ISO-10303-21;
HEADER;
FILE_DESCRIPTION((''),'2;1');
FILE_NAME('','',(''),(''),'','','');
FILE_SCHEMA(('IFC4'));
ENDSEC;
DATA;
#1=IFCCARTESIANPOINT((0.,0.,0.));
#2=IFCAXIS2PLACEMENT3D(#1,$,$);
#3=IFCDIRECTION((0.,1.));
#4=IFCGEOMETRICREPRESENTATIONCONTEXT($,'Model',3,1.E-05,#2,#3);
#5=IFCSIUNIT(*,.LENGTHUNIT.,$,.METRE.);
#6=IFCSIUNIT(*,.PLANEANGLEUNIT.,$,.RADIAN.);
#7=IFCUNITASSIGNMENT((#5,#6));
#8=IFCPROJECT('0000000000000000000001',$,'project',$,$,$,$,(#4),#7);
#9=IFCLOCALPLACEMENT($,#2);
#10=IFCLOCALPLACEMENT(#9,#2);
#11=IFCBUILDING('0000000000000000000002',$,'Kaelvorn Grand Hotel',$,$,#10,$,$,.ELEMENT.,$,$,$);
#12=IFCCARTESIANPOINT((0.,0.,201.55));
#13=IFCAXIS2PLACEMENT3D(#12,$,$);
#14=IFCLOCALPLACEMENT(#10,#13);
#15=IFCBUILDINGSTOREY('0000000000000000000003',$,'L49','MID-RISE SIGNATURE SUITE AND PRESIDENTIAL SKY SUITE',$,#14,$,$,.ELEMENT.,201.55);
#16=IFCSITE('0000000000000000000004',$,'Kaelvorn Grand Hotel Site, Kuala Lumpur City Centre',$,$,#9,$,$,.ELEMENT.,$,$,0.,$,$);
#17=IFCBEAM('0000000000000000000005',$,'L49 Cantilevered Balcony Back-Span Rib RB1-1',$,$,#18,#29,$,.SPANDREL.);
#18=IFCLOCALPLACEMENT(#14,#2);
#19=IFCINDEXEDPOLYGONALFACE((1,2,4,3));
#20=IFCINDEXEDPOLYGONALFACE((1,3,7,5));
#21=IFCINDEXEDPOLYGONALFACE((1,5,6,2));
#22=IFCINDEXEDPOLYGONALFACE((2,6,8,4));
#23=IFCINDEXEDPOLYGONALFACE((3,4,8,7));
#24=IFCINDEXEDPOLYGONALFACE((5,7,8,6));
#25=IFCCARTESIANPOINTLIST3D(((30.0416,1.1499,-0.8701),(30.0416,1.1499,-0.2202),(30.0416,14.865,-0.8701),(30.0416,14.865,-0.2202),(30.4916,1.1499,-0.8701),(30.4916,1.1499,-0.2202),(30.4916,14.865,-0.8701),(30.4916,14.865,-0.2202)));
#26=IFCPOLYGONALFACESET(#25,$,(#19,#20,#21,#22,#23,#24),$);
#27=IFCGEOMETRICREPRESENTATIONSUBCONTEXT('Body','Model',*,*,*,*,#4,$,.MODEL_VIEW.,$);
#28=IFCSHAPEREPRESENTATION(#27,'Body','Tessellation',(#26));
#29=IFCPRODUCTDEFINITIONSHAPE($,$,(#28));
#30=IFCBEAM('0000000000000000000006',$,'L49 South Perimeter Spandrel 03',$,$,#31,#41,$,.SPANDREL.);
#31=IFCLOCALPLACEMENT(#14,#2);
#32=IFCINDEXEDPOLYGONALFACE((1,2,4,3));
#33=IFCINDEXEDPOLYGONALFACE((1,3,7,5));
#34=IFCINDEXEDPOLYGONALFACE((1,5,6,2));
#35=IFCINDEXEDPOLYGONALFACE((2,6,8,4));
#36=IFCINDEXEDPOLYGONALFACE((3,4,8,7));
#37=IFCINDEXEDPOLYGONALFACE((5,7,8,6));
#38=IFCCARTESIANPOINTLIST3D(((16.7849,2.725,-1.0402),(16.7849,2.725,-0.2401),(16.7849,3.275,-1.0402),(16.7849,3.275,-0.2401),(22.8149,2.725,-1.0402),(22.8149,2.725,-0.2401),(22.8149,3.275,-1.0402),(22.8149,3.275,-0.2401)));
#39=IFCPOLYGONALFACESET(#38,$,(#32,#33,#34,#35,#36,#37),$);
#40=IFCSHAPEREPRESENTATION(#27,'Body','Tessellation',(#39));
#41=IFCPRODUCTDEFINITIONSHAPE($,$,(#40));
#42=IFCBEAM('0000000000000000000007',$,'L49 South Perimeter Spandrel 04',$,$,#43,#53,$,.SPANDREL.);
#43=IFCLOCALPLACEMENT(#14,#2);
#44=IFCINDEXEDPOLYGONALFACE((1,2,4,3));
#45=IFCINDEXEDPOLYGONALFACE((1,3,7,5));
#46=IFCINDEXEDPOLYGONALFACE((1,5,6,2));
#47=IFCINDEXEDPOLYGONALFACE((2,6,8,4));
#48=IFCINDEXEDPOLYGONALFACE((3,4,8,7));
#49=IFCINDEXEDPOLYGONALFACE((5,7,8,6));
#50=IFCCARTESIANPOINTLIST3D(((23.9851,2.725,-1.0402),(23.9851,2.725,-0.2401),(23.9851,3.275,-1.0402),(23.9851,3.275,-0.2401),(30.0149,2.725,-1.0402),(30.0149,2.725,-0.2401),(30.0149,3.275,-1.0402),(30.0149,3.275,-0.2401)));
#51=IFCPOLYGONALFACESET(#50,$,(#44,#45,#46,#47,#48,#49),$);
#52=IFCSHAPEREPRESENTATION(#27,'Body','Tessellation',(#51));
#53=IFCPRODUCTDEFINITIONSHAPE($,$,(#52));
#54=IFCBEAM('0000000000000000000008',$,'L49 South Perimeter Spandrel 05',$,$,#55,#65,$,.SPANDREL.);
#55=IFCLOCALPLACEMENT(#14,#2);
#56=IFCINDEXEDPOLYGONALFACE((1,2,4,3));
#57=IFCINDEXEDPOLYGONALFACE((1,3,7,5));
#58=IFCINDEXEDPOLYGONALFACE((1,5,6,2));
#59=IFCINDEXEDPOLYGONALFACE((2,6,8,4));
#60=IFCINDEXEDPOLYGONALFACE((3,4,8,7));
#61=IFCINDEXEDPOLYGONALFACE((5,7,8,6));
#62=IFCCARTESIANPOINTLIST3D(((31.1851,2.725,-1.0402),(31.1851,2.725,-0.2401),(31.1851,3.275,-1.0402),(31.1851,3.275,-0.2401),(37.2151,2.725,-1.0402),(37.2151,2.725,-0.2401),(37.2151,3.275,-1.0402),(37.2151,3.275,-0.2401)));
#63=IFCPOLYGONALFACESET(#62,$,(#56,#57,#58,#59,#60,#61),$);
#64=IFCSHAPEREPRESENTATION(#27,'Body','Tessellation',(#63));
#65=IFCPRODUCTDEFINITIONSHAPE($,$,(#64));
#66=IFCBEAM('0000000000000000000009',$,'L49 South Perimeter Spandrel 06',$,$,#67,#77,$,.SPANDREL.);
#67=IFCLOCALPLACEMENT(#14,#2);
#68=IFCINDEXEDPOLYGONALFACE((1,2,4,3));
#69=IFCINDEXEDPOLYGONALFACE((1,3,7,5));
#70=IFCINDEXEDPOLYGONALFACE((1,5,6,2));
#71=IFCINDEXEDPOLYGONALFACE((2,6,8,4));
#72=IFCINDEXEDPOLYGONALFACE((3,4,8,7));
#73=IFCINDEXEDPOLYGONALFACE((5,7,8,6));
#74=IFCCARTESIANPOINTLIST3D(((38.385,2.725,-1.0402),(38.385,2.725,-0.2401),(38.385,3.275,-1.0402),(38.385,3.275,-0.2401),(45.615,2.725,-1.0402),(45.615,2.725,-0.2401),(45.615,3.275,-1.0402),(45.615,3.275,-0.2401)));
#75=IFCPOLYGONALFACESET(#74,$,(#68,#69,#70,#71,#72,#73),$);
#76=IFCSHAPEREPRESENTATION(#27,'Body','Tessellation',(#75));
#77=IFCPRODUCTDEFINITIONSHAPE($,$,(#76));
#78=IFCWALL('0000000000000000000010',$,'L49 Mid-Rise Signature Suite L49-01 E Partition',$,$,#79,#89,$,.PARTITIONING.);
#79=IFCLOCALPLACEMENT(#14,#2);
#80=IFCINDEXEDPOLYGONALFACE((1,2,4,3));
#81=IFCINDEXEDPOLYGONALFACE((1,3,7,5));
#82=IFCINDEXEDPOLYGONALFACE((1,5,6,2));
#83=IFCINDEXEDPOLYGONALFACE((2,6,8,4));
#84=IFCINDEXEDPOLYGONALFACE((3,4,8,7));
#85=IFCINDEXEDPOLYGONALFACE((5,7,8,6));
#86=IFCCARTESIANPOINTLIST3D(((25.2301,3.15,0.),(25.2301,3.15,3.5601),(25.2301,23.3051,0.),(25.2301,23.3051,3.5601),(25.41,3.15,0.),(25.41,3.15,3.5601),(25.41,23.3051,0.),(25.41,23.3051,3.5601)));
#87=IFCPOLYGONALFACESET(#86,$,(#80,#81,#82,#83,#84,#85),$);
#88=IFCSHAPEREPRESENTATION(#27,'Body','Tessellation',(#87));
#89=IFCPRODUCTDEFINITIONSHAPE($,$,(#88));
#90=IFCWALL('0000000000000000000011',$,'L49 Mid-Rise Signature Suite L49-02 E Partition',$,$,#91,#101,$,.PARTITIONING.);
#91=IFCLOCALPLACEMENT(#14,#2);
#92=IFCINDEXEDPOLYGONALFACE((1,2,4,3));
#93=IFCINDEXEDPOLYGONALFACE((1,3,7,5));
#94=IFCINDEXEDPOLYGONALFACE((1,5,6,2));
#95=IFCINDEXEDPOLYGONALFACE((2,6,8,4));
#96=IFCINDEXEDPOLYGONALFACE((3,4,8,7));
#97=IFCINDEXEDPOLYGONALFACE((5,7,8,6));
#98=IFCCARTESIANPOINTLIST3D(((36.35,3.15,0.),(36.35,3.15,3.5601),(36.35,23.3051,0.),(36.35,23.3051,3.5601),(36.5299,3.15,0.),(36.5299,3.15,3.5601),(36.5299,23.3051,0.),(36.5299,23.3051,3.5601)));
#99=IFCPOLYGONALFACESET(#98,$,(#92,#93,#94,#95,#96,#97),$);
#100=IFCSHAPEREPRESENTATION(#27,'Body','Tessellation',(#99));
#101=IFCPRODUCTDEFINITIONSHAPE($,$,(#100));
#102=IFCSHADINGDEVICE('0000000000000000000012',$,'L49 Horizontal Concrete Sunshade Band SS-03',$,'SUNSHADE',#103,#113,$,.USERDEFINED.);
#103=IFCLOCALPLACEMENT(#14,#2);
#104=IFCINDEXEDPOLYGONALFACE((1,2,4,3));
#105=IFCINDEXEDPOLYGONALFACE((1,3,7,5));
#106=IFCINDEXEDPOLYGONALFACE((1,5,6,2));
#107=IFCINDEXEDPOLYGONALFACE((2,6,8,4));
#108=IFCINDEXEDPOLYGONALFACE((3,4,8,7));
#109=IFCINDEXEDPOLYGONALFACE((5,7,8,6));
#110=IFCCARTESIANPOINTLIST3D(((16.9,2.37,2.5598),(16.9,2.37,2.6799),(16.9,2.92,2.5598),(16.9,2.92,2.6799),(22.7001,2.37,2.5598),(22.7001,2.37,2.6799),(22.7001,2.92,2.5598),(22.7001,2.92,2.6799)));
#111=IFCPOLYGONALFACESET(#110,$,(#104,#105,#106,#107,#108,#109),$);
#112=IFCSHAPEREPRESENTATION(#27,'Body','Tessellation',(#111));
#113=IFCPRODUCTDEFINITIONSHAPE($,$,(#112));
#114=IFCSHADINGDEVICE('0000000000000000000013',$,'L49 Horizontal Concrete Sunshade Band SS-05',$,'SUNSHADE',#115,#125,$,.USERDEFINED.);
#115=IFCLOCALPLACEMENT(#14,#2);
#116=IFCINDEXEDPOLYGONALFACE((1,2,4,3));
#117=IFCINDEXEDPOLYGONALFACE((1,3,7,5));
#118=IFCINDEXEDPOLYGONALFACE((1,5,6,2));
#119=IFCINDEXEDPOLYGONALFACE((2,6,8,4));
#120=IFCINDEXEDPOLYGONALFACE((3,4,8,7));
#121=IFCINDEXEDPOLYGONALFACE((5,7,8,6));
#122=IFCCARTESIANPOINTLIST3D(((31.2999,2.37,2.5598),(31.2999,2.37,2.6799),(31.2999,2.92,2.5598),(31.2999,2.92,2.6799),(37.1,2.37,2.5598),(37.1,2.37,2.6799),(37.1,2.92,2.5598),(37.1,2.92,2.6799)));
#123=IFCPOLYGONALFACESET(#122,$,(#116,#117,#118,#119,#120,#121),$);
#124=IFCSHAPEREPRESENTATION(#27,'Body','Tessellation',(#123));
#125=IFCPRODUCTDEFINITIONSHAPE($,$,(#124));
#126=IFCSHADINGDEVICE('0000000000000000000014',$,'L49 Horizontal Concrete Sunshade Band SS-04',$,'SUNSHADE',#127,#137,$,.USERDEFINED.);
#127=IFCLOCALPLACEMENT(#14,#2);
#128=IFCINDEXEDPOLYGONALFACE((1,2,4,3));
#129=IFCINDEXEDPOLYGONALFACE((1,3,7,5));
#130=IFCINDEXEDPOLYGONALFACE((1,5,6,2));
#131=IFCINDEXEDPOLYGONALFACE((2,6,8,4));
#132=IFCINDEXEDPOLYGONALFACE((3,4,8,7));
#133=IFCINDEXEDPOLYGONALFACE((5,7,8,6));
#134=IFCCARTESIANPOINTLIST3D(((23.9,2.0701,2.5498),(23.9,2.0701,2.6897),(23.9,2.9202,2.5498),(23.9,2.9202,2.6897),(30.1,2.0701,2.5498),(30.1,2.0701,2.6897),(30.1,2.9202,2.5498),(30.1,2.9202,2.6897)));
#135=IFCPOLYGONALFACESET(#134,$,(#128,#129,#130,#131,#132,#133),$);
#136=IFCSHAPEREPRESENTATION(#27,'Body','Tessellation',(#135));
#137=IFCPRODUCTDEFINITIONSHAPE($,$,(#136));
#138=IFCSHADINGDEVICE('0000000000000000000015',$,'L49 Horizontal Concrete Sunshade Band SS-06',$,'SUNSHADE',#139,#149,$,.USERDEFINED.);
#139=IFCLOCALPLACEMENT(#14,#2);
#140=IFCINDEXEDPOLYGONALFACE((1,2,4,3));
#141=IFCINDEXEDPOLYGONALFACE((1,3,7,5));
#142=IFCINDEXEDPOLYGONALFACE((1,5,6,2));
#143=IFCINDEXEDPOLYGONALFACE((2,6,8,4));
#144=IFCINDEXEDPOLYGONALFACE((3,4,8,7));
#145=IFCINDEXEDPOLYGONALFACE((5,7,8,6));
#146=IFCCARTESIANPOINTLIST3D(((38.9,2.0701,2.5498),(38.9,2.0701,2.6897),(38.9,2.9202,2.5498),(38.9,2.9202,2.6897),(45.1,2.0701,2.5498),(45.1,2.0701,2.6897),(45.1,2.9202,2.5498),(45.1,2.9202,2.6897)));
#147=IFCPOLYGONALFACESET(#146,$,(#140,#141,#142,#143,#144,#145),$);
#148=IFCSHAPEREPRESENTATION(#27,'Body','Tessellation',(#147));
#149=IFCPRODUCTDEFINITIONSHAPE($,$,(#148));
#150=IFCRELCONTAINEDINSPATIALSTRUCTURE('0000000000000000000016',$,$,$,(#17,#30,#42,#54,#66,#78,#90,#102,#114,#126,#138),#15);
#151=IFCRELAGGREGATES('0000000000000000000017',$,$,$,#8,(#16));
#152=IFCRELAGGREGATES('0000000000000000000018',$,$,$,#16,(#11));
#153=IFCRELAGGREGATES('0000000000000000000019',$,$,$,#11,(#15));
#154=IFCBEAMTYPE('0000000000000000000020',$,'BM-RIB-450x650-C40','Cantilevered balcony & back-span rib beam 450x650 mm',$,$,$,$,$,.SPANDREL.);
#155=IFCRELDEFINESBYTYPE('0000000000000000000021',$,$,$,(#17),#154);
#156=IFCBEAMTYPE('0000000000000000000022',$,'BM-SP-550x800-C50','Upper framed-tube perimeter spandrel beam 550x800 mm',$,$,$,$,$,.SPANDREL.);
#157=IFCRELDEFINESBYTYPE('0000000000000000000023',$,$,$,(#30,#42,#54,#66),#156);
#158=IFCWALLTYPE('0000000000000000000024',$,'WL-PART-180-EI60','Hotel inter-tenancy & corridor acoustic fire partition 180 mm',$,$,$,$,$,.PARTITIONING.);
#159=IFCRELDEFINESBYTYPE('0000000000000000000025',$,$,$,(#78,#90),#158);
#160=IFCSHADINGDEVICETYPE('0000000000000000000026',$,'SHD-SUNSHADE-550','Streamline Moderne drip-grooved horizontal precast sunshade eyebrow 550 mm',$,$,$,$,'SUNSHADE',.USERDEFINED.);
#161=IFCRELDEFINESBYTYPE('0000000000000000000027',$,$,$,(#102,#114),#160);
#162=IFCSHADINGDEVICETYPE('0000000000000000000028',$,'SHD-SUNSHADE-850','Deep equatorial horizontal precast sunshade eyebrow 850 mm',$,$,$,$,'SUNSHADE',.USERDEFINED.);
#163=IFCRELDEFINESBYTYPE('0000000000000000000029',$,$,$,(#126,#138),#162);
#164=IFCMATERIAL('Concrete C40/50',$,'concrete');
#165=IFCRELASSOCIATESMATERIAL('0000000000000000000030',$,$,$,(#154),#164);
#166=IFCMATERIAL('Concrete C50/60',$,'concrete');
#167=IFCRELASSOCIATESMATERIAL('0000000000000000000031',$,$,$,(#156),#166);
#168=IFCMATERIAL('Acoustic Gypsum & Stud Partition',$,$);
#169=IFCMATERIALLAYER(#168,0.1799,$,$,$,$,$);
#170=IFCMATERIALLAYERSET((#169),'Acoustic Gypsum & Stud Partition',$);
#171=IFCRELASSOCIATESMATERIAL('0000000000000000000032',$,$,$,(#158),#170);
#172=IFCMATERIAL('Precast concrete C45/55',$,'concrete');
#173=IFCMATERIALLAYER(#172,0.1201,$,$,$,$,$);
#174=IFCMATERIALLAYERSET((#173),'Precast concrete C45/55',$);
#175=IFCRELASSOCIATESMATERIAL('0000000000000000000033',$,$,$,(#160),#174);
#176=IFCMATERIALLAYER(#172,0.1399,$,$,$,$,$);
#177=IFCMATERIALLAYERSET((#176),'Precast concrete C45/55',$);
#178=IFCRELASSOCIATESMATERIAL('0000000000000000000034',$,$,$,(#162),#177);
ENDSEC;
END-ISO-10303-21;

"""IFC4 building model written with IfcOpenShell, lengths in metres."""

from ifc_helpers import new_model, si_unit, direction, frame, frame_2d, origin, origin_2d, place, context, subcontext, project, spatial, rectangle, extrude, material, layer, layer_set, material_profile, profile_set, type_object, element, save


model = new_model("IFC4")

# Units and contexts
model_context = context("Model", 3, precision=1e-05, world=origin(), true_north=direction((0.0, 1.0)))
body_context = subcontext(model_context, "Body", "Model", "MODEL_VIEW")
ifc_project = project(units=[si_unit("LENGTHUNIT", "METRE"), si_unit("PLANEANGLEUNIT", "RADIAN")], contexts=[model_context])

# Site, building, storey
site_placement = place(None, origin())
site = spatial("IfcSite", under=ifc_project, at=site_placement, Name="Kaelvorn Grand Hotel Site, Kuala Lumpur City Centre", CompositionType="ELEMENT", RefElevation=0.0)
building_placement = place(site_placement, origin())
building = spatial("IfcBuilding", under=site, at=building_placement, Name="Kaelvorn Grand Hotel", CompositionType="ELEMENT")
storey_placement = place(building_placement, frame((0.0, 0.0, 201.55)))
storey = spatial("IfcBuildingStorey", under=building, at=storey_placement, Name="L49", Description="MID-RISE SIGNATURE SUITE AND PRESIDENTIAL SKY SUITE", CompositionType="ELEMENT", Elevation=201.55)

# Beams
ifc_material_1 = material(Name="Concrete C40/50", Category="concrete")
ifc_material_profile_1 = material_profile(ifc_material_1, rectangle(XDim=0.45, YDim=0.6499, at=origin_2d()), Name="RC RIB 450x650")
ifc_profile_set_1 = profile_set([ifc_material_profile_1], Name="Concrete C40/50")
beam_type_1 = type_object("IfcBeamType", Name="BM-RIB-450x650-C40", Description="Cantilevered balcony & back-span rib beam 450x650 mm", PredefinedType="SPANDREL", material=ifc_profile_set_1)
beam_1_placement = place(storey_placement, frame((30.2666, 1.1499, -0.5452), z_axis=(0.0, 1.0, 0.0), x_axis=(-1.0, 0.0, 0.0)))
element("IfcBeam", 1, at=beam_1_placement, inside=storey, type_object=beam_type_1, Name="L49 Cantilevered Balcony Back-Span Rib RB1-1", PredefinedType="SPANDREL", context=body_context, shape_type="SweptSolid", body=[
    extrude(rectangle(XDim=0.45, YDim=0.6499, at=origin_2d()), origin(), (0.0, 0.0, 1.0), 13.7151),
])
ifc_material_2 = material(Name="Concrete C50/60", Category="concrete")
ifc_material_profile_2 = material_profile(ifc_material_2, rectangle(XDim=0.55, YDim=0.8, at=origin_2d()), Name="RC SPANDREL 550x800")
ifc_profile_set_2 = profile_set([ifc_material_profile_2], Name="Concrete C50/60")
beam_type_2 = type_object("IfcBeamType", Name="BM-SP-550x800-C50", Description="Upper framed-tube perimeter spandrel beam 550x800 mm", PredefinedType="SPANDREL", material=ifc_profile_set_2)
beam_2_placement = place(storey_placement, frame((16.7849, 3.0, -0.6401), z_axis=(1.0, 0.0, 0.0), x_axis=(0.0, 1.0, 0.0)))
element("IfcBeam", 2, at=beam_2_placement, inside=storey, type_object=beam_type_2, Name="L49 South Perimeter Spandrel 03", PredefinedType="SPANDREL", context=body_context, shape_type="SweptSolid", body=[
    extrude(rectangle(XDim=0.55, YDim=0.8, at=origin_2d()), origin(), (0.0, 0.0, 1.0), 6.03),
])
beam_3_placement = place(storey_placement, frame((23.9851, 3.0, -0.6401), z_axis=(1.0, 0.0, 0.0), x_axis=(0.0, 1.0, 0.0)))
element("IfcBeam", 3, at=beam_3_placement, inside=storey, type_object=beam_type_2, Name="L49 South Perimeter Spandrel 04", PredefinedType="SPANDREL", context=body_context, shape_type="SweptSolid", body=[
    extrude(rectangle(XDim=0.55, YDim=0.8, at=origin_2d()), origin(), (0.0, 0.0, 1.0), 6.0298),
])
beam_4_placement = place(storey_placement, frame((31.1851, 3.0, -0.6401), z_axis=(1.0, 0.0, 0.0), x_axis=(0.0, 1.0, 0.0)))
element("IfcBeam", 4, at=beam_4_placement, inside=storey, type_object=beam_type_2, Name="L49 South Perimeter Spandrel 05", PredefinedType="SPANDREL", context=body_context, shape_type="SweptSolid", body=[
    extrude(rectangle(XDim=0.55, YDim=0.8, at=origin_2d()), origin(), (0.0, 0.0, 1.0), 6.03),
])
beam_5_placement = place(storey_placement, frame((38.385, 3.0, -0.6401), z_axis=(1.0, 0.0, 0.0), x_axis=(0.0, 1.0, 0.0)))
element("IfcBeam", 5, at=beam_5_placement, inside=storey, type_object=beam_type_2, Name="L49 South Perimeter Spandrel 06", PredefinedType="SPANDREL", context=body_context, shape_type="SweptSolid", body=[
    extrude(rectangle(XDim=0.55, YDim=0.8, at=origin_2d()), origin(), (0.0, 0.0, 1.0), 7.23),
])

# Walls
ifc_material_3 = material(Name="Acoustic Gypsum & Stud Partition")
ifc_layer_1 = layer(ifc_material_3, 0.1799)
ifc_layer_set_1 = layer_set([ifc_layer_1], Name="Acoustic Gypsum & Stud Partition")
wall_type = type_object("IfcWallType", Name="WL-PART-180-EI60", Description="Hotel inter-tenancy & corridor acoustic fire partition 180 mm", PredefinedType="PARTITIONING", material=ifc_layer_set_1)
for number, where, z_axis, x_axis, name in (
    (6, (25.3201, 3.1499, 0.0), (0.0, 0.0, 1.0), (0.0, 1.0, 0.0), "L49 Mid-Rise Signature Suite L49-01 E Partition"),
    (7, (36.4399, 3.1499, 0.0), (0.0, 0.0, 1.0), (0.0, 1.0, 0.0), "L49 Mid-Rise Signature Suite L49-02 E Partition"),
):
    element("IfcWall", number, at=place(storey_placement, frame(where, z_axis=z_axis, x_axis=x_axis)), inside=storey, type_object=wall_type, Name=name, PredefinedType="PARTITIONING", context=body_context, shape_type="SweptSolid", body=[
        extrude(rectangle(XDim=20.155, YDim=0.1799, at=frame_2d((10.0776, 0.0))), origin(), (0.0, 0.0, 1.0), 3.5601),
    ])

# Shading devices
ifc_material_4 = material(Name="Precast concrete C45/55", Category="concrete")
ifc_layer_2 = layer(ifc_material_4, 0.1201)
ifc_layer_set_2 = layer_set([ifc_layer_2], Name="Precast concrete C45/55")
shading_device_type_1 = type_object("IfcShadingDeviceType", Name="SHD-SUNSHADE-550", Description="Streamline Moderne drip-grooved horizontal precast sunshade eyebrow 550 mm", ElementType="SUNSHADE", PredefinedType="USERDEFINED", material=ifc_layer_set_2)
for number, where, z_axis, x_axis, name in (
    (8, (19.8, 2.645, 2.5598), (0.0, 0.0, 1.0), (1.0, 0.0, 0.0), "L49 Horizontal Concrete Sunshade Band SS-03"),
    (9, (34.2, 2.645, 2.5598), (0.0, 0.0, 1.0), (1.0, 0.0, 0.0), "L49 Horizontal Concrete Sunshade Band SS-05"),
):
    element("IfcShadingDevice", number, at=place(storey_placement, frame(where, z_axis=z_axis, x_axis=x_axis)), inside=storey, type_object=shading_device_type_1, Name=name, ObjectType="SUNSHADE", PredefinedType="USERDEFINED", context=body_context, shape_type="SweptSolid", body=[
        extrude(rectangle(XDim=5.8, YDim=0.55, at=origin_2d()), origin(), (0.0, 0.0, 1.0), 0.1201),
    ])
ifc_layer_3 = layer(ifc_material_4, 0.1399)
ifc_layer_set_3 = layer_set([ifc_layer_3], Name="Precast concrete C45/55")
shading_device_type_2 = type_object("IfcShadingDeviceType", Name="SHD-SUNSHADE-850", Description="Deep equatorial horizontal precast sunshade eyebrow 850 mm", ElementType="SUNSHADE", PredefinedType="USERDEFINED", material=ifc_layer_set_3)
for number, where, z_axis, x_axis, name in (
    (10, (27.0, 2.4951, 2.5498), (0.0, 0.0, 1.0), (1.0, 0.0, 0.0), "L49 Horizontal Concrete Sunshade Band SS-04"),
    (11, (42.0, 2.4951, 2.5498), (0.0, 0.0, 1.0), (1.0, 0.0, 0.0), "L49 Horizontal Concrete Sunshade Band SS-06"),
):
    element("IfcShadingDevice", number, at=place(storey_placement, frame(where, z_axis=z_axis, x_axis=x_axis)), inside=storey, type_object=shading_device_type_2, Name=name, ObjectType="SUNSHADE", PredefinedType="USERDEFINED", context=body_context, shape_type="SweptSolid", body=[
        extrude(rectangle(XDim=6.2, YDim=0.8501, at=origin_2d()), origin(), (0.0, 0.0, 1.0), 0.1399),
    ])

save(model, "model.ifc")
